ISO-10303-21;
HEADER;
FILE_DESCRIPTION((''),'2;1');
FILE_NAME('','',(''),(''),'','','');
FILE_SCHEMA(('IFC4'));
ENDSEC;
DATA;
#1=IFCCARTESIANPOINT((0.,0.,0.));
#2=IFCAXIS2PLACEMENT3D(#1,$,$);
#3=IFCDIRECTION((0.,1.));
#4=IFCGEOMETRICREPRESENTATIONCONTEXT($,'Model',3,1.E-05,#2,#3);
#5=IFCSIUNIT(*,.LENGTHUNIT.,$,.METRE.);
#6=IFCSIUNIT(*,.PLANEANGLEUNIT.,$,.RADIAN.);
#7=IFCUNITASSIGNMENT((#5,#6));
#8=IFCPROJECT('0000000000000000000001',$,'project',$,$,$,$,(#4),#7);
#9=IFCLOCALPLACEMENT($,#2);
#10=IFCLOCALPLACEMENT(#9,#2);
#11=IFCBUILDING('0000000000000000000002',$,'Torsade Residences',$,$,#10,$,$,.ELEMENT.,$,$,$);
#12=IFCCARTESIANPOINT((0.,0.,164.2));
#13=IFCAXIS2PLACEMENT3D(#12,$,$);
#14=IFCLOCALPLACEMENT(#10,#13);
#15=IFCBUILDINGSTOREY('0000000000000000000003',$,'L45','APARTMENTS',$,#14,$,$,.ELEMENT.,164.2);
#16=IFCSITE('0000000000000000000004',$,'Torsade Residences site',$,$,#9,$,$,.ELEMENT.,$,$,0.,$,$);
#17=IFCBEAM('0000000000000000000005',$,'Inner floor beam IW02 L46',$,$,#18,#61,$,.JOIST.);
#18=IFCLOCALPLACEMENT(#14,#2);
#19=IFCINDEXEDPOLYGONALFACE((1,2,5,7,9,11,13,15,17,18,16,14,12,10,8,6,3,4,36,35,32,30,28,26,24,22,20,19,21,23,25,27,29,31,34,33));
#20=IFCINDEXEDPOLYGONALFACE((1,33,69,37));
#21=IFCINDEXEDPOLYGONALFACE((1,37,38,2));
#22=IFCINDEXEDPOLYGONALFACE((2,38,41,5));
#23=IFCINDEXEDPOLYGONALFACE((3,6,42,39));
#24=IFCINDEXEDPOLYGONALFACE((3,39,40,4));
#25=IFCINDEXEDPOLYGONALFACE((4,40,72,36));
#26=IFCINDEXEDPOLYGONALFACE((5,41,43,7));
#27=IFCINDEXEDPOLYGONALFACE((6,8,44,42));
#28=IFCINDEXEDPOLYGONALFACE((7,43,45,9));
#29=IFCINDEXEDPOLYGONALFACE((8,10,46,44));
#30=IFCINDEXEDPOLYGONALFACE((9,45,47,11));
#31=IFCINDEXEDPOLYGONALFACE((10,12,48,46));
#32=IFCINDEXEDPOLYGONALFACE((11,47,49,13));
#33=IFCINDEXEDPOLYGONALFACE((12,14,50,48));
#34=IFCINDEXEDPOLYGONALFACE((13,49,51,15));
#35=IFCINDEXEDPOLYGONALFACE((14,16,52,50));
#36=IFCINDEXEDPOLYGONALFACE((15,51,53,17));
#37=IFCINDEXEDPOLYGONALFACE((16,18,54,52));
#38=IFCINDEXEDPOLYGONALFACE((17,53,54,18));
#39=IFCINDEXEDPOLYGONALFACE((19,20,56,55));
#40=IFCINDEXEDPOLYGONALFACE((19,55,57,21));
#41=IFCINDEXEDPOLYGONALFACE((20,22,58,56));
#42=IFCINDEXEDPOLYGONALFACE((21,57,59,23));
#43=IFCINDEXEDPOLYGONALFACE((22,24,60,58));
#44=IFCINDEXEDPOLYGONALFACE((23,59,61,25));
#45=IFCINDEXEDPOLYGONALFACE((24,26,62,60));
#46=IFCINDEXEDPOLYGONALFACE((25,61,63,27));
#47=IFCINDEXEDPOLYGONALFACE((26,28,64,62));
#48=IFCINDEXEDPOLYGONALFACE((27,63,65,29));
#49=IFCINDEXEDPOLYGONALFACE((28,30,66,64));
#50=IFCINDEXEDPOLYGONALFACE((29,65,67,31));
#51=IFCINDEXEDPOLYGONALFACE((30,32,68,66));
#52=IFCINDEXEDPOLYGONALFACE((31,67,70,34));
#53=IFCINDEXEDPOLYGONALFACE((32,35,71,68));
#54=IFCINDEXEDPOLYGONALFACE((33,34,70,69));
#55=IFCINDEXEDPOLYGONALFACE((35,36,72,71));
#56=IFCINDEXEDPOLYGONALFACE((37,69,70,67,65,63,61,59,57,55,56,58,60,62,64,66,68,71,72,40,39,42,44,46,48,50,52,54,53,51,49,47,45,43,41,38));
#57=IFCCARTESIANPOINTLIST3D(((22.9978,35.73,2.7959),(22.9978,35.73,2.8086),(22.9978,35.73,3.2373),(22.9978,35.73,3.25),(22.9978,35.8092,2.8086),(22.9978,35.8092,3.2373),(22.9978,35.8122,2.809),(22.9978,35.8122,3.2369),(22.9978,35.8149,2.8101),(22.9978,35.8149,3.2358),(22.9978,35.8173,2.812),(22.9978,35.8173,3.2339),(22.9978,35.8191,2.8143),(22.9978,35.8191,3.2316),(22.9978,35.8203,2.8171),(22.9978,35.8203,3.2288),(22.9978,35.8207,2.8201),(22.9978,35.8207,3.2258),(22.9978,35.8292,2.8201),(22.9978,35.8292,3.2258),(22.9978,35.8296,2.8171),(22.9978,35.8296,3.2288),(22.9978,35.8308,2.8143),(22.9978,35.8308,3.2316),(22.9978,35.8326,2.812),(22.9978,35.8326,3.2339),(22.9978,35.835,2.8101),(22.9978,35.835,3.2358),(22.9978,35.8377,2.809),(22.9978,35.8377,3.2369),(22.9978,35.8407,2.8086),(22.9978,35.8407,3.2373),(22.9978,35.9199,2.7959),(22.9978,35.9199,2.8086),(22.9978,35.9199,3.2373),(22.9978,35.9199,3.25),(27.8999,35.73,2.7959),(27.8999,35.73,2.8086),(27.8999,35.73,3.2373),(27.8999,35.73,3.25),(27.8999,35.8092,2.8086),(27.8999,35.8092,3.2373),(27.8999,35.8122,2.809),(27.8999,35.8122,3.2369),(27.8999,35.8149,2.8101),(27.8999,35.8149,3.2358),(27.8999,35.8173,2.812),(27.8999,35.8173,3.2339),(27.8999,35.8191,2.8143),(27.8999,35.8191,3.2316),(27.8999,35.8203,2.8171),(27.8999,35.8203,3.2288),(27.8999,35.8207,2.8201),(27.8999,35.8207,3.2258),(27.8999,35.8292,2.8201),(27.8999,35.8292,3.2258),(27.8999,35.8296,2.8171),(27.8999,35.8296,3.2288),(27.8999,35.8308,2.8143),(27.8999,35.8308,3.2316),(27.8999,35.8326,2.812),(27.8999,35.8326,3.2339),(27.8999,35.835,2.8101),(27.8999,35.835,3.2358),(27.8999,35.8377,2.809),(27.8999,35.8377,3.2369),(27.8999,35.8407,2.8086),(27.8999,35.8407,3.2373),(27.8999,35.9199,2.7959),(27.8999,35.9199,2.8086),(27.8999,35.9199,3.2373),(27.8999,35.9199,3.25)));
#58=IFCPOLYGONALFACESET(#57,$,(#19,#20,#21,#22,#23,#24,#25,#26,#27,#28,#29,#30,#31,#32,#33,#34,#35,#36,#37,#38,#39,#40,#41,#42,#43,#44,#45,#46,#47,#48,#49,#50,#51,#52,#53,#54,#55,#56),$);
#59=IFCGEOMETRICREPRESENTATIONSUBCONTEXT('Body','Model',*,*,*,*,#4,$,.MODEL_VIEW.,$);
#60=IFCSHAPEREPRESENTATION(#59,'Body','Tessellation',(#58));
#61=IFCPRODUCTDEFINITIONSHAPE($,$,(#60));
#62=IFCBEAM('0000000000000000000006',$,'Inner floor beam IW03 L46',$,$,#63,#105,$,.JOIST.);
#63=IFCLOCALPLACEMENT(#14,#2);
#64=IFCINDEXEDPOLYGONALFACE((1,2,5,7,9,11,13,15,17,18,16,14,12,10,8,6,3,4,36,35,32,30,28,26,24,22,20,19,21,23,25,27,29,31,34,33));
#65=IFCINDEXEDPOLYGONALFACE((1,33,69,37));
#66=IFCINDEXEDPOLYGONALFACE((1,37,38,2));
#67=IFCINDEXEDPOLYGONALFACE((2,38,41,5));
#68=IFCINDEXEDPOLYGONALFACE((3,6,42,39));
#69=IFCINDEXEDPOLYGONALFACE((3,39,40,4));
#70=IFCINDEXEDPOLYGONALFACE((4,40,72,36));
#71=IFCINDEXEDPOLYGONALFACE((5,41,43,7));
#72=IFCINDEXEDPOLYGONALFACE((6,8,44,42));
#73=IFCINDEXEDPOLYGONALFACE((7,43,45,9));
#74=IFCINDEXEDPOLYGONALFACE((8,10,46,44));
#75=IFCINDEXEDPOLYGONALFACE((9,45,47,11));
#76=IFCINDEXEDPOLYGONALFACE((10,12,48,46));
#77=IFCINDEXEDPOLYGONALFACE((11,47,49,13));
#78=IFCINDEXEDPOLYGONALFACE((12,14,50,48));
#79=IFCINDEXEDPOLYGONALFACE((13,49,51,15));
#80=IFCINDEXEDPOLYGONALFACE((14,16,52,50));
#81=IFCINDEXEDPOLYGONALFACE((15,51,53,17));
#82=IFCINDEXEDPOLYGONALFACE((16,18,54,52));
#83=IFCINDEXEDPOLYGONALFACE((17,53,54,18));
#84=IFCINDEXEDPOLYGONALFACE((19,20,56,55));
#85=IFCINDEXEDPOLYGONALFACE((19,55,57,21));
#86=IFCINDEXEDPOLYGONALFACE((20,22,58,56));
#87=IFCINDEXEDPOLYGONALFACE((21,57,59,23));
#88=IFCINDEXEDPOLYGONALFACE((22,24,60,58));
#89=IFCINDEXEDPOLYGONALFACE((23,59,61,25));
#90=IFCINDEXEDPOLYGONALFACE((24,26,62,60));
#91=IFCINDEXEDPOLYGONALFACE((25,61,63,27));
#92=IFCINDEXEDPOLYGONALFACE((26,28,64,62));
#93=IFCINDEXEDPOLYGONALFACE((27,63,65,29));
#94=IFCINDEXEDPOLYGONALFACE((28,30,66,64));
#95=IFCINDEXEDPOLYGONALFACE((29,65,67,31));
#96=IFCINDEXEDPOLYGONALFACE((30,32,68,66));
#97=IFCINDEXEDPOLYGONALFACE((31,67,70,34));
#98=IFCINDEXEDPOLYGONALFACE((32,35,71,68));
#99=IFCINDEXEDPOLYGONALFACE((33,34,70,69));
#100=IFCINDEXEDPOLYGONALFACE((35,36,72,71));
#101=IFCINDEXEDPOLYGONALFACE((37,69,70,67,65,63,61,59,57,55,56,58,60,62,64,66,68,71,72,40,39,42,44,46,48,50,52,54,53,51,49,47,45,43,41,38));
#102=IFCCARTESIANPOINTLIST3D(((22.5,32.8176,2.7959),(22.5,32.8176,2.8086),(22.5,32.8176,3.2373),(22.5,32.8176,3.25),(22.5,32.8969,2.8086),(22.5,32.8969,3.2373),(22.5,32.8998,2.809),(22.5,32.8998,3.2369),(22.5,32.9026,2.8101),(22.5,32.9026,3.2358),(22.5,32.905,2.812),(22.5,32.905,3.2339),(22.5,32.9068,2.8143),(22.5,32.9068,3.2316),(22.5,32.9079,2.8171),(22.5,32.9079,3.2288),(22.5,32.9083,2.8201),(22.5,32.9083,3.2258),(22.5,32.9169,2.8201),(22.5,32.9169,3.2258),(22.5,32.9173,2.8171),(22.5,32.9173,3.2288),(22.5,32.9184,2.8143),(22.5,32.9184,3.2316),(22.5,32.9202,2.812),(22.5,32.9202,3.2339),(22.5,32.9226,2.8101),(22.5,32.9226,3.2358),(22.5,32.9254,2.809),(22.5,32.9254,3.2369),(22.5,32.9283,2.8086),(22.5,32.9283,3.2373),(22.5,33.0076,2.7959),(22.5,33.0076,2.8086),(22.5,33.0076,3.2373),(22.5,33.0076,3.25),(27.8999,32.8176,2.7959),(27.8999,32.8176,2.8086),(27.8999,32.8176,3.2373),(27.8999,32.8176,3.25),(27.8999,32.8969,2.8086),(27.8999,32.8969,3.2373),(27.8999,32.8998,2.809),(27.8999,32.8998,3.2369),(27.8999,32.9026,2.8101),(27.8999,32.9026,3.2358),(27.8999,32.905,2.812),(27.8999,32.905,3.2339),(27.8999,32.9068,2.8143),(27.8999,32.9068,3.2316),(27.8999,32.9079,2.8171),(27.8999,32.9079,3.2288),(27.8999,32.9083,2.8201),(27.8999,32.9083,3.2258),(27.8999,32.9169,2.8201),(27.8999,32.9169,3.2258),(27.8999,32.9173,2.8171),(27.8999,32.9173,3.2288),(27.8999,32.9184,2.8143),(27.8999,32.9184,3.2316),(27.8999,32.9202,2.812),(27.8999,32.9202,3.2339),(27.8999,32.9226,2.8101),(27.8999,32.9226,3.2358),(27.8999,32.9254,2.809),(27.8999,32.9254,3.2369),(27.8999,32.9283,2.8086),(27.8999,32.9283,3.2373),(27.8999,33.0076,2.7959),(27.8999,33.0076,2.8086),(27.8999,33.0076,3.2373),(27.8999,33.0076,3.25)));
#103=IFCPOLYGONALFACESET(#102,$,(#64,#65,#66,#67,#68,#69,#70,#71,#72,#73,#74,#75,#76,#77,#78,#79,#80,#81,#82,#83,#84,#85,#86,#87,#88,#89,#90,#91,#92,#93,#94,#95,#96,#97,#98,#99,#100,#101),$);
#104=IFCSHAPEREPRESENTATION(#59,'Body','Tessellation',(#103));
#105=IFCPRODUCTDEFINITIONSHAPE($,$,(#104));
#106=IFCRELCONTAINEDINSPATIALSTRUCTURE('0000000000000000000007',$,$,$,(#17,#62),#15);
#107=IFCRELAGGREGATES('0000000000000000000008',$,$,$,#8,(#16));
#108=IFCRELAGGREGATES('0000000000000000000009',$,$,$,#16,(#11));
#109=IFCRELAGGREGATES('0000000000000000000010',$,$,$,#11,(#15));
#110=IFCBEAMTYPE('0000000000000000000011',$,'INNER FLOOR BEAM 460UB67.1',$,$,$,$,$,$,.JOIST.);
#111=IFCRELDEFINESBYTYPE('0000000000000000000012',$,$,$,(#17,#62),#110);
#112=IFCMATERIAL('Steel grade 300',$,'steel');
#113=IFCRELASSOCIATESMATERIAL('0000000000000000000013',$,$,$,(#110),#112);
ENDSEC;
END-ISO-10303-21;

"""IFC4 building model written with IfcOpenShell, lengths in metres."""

from ifc_helpers import new_model, si_unit, direction, frame, origin, origin_2d, place, context, subcontext, project, spatial, i_section, extrude, material, material_profile, profile_set, type_object, element, save


model = new_model("IFC4")

# Units and contexts
model_context = context("Model", 3, precision=1e-05, world=origin(), true_north=direction((0.0, 1.0)))
body_context = subcontext(model_context, "Body", "Model", "MODEL_VIEW")
ifc_project = project(units=[si_unit("LENGTHUNIT", "METRE"), si_unit("PLANEANGLEUNIT", "RADIAN")], contexts=[model_context])

# Site, building, storey
site_placement = place(None, origin())
site = spatial("IfcSite", under=ifc_project, at=site_placement, Name="Torsade Residences site", CompositionType="ELEMENT", RefElevation=0.0)
building_placement = place(site_placement, origin())
building = spatial("IfcBuilding", under=site, at=building_placement, Name="Torsade Residences", CompositionType="ELEMENT")
storey_placement = place(building_placement, frame((0.0, 0.0, 164.2)))
storey = spatial("IfcBuildingStorey", under=building, at=storey_placement, Name="L45", Description="APARTMENTS", CompositionType="ELEMENT", Elevation=164.2)

# Beams
ifc_material_1 = material(Name="Steel grade 300", Category="steel")
ifc_material_profile = material_profile(ifc_material_1, i_section(OverallWidth=0.1899, OverallDepth=0.4541, WebThickness=0.0085, FlangeThickness=0.0127, FilletRadius=0.0115, at=origin_2d()), Name="460UB67.1")
ifc_profile_set = profile_set([ifc_material_profile], Name="Steel grade 300")
beam_type = type_object("IfcBeamType", Name="INNER FLOOR BEAM 460UB67.1", PredefinedType="JOIST", material=ifc_profile_set)
beam_1_placement = place(storey_placement, frame((27.8999, 35.825, 3.0229), z_axis=(-1.0, 0.0, 0.0), x_axis=(0.0, -1.0, 0.0)))
element("IfcBeam", 1, at=beam_1_placement, inside=storey, type_object=beam_type, Name="Inner floor beam IW02 L46", PredefinedType="JOIST", context=body_context, shape_type="SweptSolid", body=[
    extrude(i_section(OverallWidth=0.1899, OverallDepth=0.4541, WebThickness=0.0085, FlangeThickness=0.0127, FilletRadius=0.0115, at=origin_2d()), origin(), (0.0, 0.0, 1.0), 4.9021),
])
beam_2_placement = place(storey_placement, frame((27.8999, 32.9126, 3.0229), z_axis=(-1.0, 0.0, 0.0), x_axis=(0.0, -1.0, 0.0)))
element("IfcBeam", 2, at=beam_2_placement, inside=storey, type_object=beam_type, Name="Inner floor beam IW03 L46", PredefinedType="JOIST", context=body_context, shape_type="SweptSolid", body=[
    extrude(i_section(OverallWidth=0.1899, OverallDepth=0.4541, WebThickness=0.0085, FlangeThickness=0.0127, FilletRadius=0.0115, at=origin_2d()), origin(), (0.0, 0.0, 1.0), 5.3999),
])

save(model, "model.ifc")
